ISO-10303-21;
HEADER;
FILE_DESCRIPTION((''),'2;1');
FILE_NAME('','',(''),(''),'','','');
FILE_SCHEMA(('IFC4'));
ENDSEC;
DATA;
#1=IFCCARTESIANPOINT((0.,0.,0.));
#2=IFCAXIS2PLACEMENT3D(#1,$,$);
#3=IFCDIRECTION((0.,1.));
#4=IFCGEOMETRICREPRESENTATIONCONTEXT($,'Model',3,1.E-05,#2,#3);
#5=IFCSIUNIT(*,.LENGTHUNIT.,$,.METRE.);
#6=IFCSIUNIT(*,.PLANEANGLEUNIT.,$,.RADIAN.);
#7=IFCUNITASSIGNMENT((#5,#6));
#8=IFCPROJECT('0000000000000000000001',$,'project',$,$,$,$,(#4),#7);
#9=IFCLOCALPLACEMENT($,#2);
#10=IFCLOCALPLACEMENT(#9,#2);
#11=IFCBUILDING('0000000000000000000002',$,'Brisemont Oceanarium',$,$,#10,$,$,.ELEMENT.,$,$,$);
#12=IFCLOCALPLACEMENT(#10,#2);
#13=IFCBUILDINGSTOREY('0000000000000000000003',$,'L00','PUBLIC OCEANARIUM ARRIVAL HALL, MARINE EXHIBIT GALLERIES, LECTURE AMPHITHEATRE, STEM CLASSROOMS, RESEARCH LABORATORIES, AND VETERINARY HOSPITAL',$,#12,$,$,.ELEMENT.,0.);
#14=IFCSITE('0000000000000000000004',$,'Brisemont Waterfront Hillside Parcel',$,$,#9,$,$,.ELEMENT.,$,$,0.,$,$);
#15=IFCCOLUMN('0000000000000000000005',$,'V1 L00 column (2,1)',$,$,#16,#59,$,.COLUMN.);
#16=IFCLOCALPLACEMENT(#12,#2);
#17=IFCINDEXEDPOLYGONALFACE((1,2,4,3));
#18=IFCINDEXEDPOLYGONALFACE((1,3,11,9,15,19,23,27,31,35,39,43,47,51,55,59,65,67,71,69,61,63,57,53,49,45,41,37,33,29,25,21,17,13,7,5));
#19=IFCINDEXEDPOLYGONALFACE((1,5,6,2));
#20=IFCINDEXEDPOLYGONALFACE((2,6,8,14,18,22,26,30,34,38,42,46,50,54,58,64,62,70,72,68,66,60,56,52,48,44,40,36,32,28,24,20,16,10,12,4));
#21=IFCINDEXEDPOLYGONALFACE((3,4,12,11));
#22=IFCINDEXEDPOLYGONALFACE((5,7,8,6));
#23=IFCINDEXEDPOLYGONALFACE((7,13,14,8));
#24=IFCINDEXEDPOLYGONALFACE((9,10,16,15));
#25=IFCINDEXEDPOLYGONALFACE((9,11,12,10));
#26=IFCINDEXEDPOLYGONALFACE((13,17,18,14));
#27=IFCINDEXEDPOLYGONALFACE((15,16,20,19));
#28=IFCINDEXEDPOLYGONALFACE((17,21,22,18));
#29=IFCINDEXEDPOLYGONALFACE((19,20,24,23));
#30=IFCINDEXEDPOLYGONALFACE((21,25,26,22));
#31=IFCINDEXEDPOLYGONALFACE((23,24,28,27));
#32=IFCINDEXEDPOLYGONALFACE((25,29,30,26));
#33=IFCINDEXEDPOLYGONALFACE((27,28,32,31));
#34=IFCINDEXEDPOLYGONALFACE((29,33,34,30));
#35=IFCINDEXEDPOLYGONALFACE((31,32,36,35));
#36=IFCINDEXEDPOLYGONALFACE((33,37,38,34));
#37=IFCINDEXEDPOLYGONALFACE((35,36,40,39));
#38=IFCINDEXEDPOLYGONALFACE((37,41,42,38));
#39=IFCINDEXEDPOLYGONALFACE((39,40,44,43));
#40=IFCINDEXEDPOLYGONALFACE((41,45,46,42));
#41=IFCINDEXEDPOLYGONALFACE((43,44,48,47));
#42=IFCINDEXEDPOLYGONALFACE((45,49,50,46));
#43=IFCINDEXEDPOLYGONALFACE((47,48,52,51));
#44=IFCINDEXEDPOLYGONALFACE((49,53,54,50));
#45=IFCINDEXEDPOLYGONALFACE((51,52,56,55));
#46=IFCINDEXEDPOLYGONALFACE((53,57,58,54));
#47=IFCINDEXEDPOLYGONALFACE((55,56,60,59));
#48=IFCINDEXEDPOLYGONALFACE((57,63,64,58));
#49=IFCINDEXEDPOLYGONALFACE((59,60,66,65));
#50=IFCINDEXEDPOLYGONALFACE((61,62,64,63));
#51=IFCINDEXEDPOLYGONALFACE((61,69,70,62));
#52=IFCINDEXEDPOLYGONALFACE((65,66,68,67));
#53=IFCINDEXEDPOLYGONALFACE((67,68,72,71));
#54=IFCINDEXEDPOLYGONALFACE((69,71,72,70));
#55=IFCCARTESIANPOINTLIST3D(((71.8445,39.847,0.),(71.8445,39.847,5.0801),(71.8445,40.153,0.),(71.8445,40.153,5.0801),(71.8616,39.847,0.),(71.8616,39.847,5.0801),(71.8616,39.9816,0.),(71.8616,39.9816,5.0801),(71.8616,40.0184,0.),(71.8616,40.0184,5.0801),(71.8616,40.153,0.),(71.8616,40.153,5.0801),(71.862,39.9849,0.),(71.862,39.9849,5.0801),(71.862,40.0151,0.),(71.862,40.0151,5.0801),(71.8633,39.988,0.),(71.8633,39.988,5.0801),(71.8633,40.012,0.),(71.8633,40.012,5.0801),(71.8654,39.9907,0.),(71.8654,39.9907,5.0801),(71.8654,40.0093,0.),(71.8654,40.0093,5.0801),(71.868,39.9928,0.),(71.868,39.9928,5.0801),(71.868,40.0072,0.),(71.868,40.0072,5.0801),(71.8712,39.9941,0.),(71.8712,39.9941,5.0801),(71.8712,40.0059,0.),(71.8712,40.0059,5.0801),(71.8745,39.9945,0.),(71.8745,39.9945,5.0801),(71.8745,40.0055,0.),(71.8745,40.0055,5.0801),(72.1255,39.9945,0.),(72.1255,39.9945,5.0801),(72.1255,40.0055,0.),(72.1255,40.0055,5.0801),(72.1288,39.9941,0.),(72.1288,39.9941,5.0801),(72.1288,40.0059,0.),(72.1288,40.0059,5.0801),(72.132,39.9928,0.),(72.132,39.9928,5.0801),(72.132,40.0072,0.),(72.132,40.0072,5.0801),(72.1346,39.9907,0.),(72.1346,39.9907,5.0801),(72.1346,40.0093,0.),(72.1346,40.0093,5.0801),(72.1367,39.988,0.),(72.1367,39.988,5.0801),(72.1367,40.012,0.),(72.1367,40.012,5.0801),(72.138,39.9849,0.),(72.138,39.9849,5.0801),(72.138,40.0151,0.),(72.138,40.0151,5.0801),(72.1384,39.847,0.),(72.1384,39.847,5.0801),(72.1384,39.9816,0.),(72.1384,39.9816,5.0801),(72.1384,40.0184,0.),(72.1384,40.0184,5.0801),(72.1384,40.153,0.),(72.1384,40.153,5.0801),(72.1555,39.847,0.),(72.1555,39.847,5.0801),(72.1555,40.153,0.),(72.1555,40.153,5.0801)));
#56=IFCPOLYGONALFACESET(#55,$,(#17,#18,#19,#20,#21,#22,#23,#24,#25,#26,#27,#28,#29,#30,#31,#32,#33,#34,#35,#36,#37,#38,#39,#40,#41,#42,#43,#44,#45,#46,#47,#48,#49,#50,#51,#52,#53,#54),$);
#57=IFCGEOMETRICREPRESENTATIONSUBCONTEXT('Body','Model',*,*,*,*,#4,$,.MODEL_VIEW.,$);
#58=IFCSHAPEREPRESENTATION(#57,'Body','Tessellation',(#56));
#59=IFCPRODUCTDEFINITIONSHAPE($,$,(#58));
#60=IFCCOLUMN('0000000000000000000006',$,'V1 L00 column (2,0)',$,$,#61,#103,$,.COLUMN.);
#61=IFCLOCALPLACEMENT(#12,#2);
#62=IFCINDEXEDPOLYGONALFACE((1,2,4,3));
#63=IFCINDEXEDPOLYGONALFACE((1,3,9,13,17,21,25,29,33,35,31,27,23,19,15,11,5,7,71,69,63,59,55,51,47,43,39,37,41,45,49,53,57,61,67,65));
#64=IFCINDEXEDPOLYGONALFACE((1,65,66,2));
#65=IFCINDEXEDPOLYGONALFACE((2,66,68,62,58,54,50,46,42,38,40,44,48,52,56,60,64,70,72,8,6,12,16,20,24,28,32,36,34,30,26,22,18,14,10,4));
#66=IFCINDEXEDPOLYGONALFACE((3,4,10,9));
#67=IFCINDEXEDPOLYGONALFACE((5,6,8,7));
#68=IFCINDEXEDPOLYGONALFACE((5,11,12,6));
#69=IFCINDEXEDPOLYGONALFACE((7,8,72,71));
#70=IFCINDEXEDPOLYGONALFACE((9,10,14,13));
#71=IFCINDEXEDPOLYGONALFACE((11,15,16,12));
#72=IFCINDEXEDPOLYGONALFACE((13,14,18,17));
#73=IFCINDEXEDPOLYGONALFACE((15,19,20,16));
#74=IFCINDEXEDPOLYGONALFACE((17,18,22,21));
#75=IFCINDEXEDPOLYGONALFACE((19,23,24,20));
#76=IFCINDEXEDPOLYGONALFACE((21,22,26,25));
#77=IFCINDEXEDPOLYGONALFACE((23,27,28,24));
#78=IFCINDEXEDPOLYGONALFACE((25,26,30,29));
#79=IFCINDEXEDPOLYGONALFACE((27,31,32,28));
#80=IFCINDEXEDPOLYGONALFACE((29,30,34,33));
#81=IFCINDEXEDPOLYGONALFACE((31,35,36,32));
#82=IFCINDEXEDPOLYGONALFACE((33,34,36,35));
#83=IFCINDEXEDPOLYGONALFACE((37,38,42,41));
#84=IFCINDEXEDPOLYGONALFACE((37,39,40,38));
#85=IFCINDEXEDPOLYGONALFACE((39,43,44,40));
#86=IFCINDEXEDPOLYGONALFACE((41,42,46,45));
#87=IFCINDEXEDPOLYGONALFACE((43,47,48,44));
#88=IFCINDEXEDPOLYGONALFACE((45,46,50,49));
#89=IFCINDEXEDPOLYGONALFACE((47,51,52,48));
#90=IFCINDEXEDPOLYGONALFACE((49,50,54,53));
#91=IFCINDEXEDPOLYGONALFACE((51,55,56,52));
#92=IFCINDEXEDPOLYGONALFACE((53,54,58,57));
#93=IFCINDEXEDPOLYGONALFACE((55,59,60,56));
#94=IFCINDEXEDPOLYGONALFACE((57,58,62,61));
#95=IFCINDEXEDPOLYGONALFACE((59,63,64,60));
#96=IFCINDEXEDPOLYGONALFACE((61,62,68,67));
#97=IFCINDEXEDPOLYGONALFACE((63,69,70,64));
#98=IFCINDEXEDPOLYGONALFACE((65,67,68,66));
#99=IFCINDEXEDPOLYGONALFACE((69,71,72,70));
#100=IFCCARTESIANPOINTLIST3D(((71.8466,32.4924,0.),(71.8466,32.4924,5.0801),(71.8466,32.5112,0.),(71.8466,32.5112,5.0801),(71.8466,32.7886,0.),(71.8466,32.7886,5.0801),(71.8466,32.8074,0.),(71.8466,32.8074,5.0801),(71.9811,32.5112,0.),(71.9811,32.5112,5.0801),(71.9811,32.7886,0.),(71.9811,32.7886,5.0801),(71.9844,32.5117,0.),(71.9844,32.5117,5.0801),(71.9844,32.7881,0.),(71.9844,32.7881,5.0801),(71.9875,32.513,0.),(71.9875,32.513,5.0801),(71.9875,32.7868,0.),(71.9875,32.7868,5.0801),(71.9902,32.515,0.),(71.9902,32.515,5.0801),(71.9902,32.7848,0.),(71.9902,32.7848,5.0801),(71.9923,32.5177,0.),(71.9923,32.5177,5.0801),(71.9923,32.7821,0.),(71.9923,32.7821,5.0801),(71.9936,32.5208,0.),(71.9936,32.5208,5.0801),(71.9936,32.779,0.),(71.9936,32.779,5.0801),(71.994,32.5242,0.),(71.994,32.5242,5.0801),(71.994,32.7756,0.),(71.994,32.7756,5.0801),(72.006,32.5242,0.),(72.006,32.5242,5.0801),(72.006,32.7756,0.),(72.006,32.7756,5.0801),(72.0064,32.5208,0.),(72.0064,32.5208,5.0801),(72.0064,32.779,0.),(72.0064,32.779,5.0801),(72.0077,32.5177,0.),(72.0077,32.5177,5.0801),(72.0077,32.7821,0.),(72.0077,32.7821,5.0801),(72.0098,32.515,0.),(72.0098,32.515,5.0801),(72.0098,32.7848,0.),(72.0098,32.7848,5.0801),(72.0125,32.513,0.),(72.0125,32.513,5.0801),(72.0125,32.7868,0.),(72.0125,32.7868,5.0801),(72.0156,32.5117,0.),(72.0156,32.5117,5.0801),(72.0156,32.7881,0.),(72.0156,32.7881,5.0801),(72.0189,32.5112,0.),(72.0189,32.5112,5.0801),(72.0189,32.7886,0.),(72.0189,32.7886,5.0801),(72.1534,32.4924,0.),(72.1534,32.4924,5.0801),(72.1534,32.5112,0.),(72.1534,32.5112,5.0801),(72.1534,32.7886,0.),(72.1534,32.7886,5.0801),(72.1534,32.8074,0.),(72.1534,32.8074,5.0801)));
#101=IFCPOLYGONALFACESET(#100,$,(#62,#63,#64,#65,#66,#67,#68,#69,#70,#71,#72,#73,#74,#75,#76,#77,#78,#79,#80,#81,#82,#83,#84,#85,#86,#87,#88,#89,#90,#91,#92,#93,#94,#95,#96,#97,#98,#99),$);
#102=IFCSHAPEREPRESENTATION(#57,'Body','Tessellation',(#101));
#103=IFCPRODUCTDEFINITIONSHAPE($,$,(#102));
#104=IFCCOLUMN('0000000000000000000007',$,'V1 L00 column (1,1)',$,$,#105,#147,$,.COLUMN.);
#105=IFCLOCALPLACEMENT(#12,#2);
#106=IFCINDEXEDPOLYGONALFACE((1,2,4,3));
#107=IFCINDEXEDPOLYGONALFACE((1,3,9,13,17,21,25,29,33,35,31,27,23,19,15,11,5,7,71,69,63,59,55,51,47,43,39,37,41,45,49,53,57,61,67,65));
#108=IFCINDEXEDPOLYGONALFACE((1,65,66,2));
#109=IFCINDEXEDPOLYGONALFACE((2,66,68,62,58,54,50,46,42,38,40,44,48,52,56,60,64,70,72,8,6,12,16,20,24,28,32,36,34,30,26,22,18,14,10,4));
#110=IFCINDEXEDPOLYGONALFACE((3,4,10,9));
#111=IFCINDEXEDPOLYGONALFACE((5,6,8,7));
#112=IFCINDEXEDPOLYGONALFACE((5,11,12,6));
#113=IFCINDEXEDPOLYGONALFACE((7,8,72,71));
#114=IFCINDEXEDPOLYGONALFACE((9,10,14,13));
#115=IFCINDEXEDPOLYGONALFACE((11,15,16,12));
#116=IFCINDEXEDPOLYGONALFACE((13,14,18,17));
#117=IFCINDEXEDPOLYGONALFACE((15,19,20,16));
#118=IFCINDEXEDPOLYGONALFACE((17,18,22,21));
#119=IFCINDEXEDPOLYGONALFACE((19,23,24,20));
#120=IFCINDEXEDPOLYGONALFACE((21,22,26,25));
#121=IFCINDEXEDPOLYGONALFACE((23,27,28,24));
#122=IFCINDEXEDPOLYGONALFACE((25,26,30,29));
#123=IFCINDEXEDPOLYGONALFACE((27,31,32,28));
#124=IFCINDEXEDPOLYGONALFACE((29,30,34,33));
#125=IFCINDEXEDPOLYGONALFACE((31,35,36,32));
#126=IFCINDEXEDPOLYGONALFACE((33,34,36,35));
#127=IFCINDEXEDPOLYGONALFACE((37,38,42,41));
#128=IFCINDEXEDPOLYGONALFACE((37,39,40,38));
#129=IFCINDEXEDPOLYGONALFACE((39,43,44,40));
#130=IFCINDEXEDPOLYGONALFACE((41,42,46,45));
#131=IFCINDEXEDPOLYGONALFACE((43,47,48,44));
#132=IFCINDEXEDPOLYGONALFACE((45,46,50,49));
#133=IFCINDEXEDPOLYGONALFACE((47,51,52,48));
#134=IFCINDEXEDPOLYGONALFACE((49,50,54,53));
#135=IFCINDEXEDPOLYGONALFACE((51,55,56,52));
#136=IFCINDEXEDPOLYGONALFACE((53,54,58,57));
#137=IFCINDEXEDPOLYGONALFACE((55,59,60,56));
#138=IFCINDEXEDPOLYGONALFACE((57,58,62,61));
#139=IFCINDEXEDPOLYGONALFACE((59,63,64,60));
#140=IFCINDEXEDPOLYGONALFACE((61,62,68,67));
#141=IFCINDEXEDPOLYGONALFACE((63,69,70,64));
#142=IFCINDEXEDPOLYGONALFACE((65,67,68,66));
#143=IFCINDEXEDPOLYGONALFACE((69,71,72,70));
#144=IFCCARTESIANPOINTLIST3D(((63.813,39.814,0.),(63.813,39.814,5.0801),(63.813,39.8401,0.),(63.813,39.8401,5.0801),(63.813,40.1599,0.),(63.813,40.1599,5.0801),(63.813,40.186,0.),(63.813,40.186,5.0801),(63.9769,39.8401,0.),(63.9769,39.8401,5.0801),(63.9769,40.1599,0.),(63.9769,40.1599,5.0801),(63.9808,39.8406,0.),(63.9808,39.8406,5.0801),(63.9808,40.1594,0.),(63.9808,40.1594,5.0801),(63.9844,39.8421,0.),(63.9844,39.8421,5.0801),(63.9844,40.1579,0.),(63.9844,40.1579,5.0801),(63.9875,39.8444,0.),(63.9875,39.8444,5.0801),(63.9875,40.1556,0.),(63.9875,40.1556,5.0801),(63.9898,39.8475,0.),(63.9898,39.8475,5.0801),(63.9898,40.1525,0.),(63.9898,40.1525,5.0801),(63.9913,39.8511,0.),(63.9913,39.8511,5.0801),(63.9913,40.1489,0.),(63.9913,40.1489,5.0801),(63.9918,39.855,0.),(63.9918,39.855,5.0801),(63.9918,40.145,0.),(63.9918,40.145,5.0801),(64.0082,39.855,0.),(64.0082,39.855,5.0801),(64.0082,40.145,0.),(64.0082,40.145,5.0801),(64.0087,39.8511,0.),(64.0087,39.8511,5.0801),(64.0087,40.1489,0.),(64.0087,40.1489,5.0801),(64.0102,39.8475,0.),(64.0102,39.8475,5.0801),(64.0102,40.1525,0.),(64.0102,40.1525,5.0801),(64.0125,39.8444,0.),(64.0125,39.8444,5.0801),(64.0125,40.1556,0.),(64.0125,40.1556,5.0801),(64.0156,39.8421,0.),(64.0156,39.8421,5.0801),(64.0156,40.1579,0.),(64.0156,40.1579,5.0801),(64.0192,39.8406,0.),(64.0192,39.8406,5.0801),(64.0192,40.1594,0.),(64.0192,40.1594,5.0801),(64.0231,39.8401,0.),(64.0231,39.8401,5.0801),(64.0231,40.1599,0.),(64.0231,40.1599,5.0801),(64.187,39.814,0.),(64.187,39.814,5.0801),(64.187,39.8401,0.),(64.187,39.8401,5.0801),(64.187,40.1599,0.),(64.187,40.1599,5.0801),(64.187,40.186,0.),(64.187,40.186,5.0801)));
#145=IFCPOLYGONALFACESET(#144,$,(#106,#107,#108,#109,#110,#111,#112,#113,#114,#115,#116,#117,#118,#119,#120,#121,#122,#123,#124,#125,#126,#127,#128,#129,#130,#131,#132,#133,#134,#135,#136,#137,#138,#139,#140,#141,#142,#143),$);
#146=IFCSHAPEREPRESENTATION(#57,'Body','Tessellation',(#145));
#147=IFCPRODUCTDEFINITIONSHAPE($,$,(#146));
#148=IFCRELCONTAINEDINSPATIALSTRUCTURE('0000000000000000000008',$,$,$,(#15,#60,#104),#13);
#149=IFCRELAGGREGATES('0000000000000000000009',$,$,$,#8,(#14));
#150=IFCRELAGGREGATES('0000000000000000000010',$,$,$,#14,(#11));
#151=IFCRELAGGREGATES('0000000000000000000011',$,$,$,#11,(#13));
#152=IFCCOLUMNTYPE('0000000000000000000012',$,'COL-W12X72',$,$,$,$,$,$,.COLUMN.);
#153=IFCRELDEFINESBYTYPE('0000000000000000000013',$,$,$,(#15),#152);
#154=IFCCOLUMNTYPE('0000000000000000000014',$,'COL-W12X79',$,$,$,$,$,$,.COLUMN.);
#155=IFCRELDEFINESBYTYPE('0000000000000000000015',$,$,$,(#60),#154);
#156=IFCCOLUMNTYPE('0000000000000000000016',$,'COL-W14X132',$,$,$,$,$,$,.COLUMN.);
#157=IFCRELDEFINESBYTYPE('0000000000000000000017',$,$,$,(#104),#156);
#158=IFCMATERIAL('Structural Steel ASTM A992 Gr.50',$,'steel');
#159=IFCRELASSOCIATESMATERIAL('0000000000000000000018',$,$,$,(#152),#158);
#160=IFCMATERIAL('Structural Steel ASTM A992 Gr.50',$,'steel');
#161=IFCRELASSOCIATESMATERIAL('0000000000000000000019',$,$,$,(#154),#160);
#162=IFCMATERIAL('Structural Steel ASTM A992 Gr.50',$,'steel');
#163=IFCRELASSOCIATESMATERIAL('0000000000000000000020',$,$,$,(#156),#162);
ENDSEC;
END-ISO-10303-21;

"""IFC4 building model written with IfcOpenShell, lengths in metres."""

from ifc_helpers import new_model, si_unit, direction, frame, origin, origin_2d, place, context, subcontext, project, spatial, i_section, extrude, material, material_profile, profile_set, type_object, element, save


model = new_model("IFC4")

# Units and contexts
model_context = context("Model", 3, precision=1e-05, world=origin(), true_north=direction((0.0, 1.0)))
body_context = subcontext(model_context, "Body", "Model", "MODEL_VIEW")
ifc_project = project(units=[si_unit("LENGTHUNIT", "METRE"), si_unit("PLANEANGLEUNIT", "RADIAN")], contexts=[model_context])

# Site, building, storey
site_placement = place(None, origin())
site = spatial("IfcSite", under=ifc_project, at=site_placement, Name="Brisemont Waterfront Hillside Parcel", CompositionType="ELEMENT", RefElevation=0.0)
building_placement = place(site_placement, origin())
building = spatial("IfcBuilding", under=site, at=building_placement, Name="Brisemont Oceanarium", CompositionType="ELEMENT")
storey_placement = place(building_placement, origin())
storey = spatial("IfcBuildingStorey", under=building, at=storey_placement, Name="L00", Description="PUBLIC OCEANARIUM ARRIVAL HALL, MARINE EXHIBIT GALLERIES, LECTURE AMPHITHEATRE, STEM CLASSROOMS, RESEARCH LABORATORIES, AND VETERINARY HOSPITAL", CompositionType="ELEMENT", Elevation=0.0)

# Columns
ifc_material_1 = material(Name="Structural Steel ASTM A992 Gr.50", Category="steel")
ifc_material_profile_1 = material_profile(ifc_material_1, i_section(OverallWidth=0.3059, OverallDepth=0.311, WebThickness=0.011, FlangeThickness=0.0171, FilletRadius=0.0129, at=origin_2d()), Name="W12X72")
ifc_profile_set_1 = profile_set([ifc_material_profile_1], Name="Structural Steel ASTM A992 Gr.50")
column_type_1 = type_object("IfcColumnType", Name="COL-W12X72", PredefinedType="COLUMN", material=ifc_profile_set_1)
column_1_placement = place(storey_placement, frame((72.0, 40.0, 0.0), z_axis=(0.0, 0.0, 1.0), x_axis=(0.0, 1.0, 0.0)))
element("IfcColumn", 1, at=column_1_placement, inside=storey, type_object=column_type_1, Name="V1 L00 column (2,1)", PredefinedType="COLUMN", context=body_context, shape_type="SweptSolid", body=[
    extrude(i_section(OverallWidth=0.3059, OverallDepth=0.311, WebThickness=0.011, FlangeThickness=0.0171, FilletRadius=0.0129, at=origin_2d()), origin(), (0.0, 0.0, 1.0), 5.0801),
])
ifc_material_2 = material(Name="Structural Steel ASTM A992 Gr.50", Category="steel")
ifc_material_profile_2 = material_profile(ifc_material_2, i_section(OverallWidth=0.3069, OverallDepth=0.3149, WebThickness=0.012, FlangeThickness=0.0188, FilletRadius=0.0129, at=origin_2d()), Name="W12X79")
ifc_profile_set_2 = profile_set([ifc_material_profile_2], Name="Structural Steel ASTM A992 Gr.50")
column_type_2 = type_object("IfcColumnType", Name="COL-W12X79", PredefinedType="COLUMN", material=ifc_profile_set_2)
column_2_placement = place(storey_placement, frame((72.0, 32.6499, 0.0), z_axis=(0.0, 0.0, 1.0), x_axis=(1.0, 0.0, 0.0)))
element("IfcColumn", 2, at=column_2_placement, inside=storey, type_object=column_type_2, Name="V1 L00 column (2,0)", PredefinedType="COLUMN", context=body_context, shape_type="SweptSolid", body=[
    extrude(i_section(OverallWidth=0.3069, OverallDepth=0.3149, WebThickness=0.012, FlangeThickness=0.0188, FilletRadius=0.0129, at=origin_2d()), origin(), (0.0, 0.0, 1.0), 5.0801),
])
ifc_material_3 = material(Name="Structural Steel ASTM A992 Gr.50", Category="steel")
ifc_material_profile_3 = material_profile(ifc_material_3, i_section(OverallWidth=0.374, OverallDepth=0.3721, WebThickness=0.0164, FlangeThickness=0.0261, FilletRadius=0.0149, at=origin_2d()), Name="W14X132")
ifc_profile_set_3 = profile_set([ifc_material_profile_3], Name="Structural Steel ASTM A992 Gr.50")
column_type_3 = type_object("IfcColumnType", Name="COL-W14X132", PredefinedType="COLUMN", material=ifc_profile_set_3)
column_3_placement = place(storey_placement, frame((64.0, 40.0, 0.0), z_axis=(0.0, 0.0, 1.0), x_axis=(1.0, 0.0, 0.0)))
element("IfcColumn", 3, at=column_3_placement, inside=storey, type_object=column_type_3, Name="V1 L00 column (1,1)", PredefinedType="COLUMN", context=body_context, shape_type="SweptSolid", body=[
    extrude(i_section(OverallWidth=0.374, OverallDepth=0.3721, WebThickness=0.0164, FlangeThickness=0.0261, FilletRadius=0.0149, at=origin_2d()), origin(), (0.0, 0.0, 1.0), 5.0801),
])

save(model, "model.ifc")
